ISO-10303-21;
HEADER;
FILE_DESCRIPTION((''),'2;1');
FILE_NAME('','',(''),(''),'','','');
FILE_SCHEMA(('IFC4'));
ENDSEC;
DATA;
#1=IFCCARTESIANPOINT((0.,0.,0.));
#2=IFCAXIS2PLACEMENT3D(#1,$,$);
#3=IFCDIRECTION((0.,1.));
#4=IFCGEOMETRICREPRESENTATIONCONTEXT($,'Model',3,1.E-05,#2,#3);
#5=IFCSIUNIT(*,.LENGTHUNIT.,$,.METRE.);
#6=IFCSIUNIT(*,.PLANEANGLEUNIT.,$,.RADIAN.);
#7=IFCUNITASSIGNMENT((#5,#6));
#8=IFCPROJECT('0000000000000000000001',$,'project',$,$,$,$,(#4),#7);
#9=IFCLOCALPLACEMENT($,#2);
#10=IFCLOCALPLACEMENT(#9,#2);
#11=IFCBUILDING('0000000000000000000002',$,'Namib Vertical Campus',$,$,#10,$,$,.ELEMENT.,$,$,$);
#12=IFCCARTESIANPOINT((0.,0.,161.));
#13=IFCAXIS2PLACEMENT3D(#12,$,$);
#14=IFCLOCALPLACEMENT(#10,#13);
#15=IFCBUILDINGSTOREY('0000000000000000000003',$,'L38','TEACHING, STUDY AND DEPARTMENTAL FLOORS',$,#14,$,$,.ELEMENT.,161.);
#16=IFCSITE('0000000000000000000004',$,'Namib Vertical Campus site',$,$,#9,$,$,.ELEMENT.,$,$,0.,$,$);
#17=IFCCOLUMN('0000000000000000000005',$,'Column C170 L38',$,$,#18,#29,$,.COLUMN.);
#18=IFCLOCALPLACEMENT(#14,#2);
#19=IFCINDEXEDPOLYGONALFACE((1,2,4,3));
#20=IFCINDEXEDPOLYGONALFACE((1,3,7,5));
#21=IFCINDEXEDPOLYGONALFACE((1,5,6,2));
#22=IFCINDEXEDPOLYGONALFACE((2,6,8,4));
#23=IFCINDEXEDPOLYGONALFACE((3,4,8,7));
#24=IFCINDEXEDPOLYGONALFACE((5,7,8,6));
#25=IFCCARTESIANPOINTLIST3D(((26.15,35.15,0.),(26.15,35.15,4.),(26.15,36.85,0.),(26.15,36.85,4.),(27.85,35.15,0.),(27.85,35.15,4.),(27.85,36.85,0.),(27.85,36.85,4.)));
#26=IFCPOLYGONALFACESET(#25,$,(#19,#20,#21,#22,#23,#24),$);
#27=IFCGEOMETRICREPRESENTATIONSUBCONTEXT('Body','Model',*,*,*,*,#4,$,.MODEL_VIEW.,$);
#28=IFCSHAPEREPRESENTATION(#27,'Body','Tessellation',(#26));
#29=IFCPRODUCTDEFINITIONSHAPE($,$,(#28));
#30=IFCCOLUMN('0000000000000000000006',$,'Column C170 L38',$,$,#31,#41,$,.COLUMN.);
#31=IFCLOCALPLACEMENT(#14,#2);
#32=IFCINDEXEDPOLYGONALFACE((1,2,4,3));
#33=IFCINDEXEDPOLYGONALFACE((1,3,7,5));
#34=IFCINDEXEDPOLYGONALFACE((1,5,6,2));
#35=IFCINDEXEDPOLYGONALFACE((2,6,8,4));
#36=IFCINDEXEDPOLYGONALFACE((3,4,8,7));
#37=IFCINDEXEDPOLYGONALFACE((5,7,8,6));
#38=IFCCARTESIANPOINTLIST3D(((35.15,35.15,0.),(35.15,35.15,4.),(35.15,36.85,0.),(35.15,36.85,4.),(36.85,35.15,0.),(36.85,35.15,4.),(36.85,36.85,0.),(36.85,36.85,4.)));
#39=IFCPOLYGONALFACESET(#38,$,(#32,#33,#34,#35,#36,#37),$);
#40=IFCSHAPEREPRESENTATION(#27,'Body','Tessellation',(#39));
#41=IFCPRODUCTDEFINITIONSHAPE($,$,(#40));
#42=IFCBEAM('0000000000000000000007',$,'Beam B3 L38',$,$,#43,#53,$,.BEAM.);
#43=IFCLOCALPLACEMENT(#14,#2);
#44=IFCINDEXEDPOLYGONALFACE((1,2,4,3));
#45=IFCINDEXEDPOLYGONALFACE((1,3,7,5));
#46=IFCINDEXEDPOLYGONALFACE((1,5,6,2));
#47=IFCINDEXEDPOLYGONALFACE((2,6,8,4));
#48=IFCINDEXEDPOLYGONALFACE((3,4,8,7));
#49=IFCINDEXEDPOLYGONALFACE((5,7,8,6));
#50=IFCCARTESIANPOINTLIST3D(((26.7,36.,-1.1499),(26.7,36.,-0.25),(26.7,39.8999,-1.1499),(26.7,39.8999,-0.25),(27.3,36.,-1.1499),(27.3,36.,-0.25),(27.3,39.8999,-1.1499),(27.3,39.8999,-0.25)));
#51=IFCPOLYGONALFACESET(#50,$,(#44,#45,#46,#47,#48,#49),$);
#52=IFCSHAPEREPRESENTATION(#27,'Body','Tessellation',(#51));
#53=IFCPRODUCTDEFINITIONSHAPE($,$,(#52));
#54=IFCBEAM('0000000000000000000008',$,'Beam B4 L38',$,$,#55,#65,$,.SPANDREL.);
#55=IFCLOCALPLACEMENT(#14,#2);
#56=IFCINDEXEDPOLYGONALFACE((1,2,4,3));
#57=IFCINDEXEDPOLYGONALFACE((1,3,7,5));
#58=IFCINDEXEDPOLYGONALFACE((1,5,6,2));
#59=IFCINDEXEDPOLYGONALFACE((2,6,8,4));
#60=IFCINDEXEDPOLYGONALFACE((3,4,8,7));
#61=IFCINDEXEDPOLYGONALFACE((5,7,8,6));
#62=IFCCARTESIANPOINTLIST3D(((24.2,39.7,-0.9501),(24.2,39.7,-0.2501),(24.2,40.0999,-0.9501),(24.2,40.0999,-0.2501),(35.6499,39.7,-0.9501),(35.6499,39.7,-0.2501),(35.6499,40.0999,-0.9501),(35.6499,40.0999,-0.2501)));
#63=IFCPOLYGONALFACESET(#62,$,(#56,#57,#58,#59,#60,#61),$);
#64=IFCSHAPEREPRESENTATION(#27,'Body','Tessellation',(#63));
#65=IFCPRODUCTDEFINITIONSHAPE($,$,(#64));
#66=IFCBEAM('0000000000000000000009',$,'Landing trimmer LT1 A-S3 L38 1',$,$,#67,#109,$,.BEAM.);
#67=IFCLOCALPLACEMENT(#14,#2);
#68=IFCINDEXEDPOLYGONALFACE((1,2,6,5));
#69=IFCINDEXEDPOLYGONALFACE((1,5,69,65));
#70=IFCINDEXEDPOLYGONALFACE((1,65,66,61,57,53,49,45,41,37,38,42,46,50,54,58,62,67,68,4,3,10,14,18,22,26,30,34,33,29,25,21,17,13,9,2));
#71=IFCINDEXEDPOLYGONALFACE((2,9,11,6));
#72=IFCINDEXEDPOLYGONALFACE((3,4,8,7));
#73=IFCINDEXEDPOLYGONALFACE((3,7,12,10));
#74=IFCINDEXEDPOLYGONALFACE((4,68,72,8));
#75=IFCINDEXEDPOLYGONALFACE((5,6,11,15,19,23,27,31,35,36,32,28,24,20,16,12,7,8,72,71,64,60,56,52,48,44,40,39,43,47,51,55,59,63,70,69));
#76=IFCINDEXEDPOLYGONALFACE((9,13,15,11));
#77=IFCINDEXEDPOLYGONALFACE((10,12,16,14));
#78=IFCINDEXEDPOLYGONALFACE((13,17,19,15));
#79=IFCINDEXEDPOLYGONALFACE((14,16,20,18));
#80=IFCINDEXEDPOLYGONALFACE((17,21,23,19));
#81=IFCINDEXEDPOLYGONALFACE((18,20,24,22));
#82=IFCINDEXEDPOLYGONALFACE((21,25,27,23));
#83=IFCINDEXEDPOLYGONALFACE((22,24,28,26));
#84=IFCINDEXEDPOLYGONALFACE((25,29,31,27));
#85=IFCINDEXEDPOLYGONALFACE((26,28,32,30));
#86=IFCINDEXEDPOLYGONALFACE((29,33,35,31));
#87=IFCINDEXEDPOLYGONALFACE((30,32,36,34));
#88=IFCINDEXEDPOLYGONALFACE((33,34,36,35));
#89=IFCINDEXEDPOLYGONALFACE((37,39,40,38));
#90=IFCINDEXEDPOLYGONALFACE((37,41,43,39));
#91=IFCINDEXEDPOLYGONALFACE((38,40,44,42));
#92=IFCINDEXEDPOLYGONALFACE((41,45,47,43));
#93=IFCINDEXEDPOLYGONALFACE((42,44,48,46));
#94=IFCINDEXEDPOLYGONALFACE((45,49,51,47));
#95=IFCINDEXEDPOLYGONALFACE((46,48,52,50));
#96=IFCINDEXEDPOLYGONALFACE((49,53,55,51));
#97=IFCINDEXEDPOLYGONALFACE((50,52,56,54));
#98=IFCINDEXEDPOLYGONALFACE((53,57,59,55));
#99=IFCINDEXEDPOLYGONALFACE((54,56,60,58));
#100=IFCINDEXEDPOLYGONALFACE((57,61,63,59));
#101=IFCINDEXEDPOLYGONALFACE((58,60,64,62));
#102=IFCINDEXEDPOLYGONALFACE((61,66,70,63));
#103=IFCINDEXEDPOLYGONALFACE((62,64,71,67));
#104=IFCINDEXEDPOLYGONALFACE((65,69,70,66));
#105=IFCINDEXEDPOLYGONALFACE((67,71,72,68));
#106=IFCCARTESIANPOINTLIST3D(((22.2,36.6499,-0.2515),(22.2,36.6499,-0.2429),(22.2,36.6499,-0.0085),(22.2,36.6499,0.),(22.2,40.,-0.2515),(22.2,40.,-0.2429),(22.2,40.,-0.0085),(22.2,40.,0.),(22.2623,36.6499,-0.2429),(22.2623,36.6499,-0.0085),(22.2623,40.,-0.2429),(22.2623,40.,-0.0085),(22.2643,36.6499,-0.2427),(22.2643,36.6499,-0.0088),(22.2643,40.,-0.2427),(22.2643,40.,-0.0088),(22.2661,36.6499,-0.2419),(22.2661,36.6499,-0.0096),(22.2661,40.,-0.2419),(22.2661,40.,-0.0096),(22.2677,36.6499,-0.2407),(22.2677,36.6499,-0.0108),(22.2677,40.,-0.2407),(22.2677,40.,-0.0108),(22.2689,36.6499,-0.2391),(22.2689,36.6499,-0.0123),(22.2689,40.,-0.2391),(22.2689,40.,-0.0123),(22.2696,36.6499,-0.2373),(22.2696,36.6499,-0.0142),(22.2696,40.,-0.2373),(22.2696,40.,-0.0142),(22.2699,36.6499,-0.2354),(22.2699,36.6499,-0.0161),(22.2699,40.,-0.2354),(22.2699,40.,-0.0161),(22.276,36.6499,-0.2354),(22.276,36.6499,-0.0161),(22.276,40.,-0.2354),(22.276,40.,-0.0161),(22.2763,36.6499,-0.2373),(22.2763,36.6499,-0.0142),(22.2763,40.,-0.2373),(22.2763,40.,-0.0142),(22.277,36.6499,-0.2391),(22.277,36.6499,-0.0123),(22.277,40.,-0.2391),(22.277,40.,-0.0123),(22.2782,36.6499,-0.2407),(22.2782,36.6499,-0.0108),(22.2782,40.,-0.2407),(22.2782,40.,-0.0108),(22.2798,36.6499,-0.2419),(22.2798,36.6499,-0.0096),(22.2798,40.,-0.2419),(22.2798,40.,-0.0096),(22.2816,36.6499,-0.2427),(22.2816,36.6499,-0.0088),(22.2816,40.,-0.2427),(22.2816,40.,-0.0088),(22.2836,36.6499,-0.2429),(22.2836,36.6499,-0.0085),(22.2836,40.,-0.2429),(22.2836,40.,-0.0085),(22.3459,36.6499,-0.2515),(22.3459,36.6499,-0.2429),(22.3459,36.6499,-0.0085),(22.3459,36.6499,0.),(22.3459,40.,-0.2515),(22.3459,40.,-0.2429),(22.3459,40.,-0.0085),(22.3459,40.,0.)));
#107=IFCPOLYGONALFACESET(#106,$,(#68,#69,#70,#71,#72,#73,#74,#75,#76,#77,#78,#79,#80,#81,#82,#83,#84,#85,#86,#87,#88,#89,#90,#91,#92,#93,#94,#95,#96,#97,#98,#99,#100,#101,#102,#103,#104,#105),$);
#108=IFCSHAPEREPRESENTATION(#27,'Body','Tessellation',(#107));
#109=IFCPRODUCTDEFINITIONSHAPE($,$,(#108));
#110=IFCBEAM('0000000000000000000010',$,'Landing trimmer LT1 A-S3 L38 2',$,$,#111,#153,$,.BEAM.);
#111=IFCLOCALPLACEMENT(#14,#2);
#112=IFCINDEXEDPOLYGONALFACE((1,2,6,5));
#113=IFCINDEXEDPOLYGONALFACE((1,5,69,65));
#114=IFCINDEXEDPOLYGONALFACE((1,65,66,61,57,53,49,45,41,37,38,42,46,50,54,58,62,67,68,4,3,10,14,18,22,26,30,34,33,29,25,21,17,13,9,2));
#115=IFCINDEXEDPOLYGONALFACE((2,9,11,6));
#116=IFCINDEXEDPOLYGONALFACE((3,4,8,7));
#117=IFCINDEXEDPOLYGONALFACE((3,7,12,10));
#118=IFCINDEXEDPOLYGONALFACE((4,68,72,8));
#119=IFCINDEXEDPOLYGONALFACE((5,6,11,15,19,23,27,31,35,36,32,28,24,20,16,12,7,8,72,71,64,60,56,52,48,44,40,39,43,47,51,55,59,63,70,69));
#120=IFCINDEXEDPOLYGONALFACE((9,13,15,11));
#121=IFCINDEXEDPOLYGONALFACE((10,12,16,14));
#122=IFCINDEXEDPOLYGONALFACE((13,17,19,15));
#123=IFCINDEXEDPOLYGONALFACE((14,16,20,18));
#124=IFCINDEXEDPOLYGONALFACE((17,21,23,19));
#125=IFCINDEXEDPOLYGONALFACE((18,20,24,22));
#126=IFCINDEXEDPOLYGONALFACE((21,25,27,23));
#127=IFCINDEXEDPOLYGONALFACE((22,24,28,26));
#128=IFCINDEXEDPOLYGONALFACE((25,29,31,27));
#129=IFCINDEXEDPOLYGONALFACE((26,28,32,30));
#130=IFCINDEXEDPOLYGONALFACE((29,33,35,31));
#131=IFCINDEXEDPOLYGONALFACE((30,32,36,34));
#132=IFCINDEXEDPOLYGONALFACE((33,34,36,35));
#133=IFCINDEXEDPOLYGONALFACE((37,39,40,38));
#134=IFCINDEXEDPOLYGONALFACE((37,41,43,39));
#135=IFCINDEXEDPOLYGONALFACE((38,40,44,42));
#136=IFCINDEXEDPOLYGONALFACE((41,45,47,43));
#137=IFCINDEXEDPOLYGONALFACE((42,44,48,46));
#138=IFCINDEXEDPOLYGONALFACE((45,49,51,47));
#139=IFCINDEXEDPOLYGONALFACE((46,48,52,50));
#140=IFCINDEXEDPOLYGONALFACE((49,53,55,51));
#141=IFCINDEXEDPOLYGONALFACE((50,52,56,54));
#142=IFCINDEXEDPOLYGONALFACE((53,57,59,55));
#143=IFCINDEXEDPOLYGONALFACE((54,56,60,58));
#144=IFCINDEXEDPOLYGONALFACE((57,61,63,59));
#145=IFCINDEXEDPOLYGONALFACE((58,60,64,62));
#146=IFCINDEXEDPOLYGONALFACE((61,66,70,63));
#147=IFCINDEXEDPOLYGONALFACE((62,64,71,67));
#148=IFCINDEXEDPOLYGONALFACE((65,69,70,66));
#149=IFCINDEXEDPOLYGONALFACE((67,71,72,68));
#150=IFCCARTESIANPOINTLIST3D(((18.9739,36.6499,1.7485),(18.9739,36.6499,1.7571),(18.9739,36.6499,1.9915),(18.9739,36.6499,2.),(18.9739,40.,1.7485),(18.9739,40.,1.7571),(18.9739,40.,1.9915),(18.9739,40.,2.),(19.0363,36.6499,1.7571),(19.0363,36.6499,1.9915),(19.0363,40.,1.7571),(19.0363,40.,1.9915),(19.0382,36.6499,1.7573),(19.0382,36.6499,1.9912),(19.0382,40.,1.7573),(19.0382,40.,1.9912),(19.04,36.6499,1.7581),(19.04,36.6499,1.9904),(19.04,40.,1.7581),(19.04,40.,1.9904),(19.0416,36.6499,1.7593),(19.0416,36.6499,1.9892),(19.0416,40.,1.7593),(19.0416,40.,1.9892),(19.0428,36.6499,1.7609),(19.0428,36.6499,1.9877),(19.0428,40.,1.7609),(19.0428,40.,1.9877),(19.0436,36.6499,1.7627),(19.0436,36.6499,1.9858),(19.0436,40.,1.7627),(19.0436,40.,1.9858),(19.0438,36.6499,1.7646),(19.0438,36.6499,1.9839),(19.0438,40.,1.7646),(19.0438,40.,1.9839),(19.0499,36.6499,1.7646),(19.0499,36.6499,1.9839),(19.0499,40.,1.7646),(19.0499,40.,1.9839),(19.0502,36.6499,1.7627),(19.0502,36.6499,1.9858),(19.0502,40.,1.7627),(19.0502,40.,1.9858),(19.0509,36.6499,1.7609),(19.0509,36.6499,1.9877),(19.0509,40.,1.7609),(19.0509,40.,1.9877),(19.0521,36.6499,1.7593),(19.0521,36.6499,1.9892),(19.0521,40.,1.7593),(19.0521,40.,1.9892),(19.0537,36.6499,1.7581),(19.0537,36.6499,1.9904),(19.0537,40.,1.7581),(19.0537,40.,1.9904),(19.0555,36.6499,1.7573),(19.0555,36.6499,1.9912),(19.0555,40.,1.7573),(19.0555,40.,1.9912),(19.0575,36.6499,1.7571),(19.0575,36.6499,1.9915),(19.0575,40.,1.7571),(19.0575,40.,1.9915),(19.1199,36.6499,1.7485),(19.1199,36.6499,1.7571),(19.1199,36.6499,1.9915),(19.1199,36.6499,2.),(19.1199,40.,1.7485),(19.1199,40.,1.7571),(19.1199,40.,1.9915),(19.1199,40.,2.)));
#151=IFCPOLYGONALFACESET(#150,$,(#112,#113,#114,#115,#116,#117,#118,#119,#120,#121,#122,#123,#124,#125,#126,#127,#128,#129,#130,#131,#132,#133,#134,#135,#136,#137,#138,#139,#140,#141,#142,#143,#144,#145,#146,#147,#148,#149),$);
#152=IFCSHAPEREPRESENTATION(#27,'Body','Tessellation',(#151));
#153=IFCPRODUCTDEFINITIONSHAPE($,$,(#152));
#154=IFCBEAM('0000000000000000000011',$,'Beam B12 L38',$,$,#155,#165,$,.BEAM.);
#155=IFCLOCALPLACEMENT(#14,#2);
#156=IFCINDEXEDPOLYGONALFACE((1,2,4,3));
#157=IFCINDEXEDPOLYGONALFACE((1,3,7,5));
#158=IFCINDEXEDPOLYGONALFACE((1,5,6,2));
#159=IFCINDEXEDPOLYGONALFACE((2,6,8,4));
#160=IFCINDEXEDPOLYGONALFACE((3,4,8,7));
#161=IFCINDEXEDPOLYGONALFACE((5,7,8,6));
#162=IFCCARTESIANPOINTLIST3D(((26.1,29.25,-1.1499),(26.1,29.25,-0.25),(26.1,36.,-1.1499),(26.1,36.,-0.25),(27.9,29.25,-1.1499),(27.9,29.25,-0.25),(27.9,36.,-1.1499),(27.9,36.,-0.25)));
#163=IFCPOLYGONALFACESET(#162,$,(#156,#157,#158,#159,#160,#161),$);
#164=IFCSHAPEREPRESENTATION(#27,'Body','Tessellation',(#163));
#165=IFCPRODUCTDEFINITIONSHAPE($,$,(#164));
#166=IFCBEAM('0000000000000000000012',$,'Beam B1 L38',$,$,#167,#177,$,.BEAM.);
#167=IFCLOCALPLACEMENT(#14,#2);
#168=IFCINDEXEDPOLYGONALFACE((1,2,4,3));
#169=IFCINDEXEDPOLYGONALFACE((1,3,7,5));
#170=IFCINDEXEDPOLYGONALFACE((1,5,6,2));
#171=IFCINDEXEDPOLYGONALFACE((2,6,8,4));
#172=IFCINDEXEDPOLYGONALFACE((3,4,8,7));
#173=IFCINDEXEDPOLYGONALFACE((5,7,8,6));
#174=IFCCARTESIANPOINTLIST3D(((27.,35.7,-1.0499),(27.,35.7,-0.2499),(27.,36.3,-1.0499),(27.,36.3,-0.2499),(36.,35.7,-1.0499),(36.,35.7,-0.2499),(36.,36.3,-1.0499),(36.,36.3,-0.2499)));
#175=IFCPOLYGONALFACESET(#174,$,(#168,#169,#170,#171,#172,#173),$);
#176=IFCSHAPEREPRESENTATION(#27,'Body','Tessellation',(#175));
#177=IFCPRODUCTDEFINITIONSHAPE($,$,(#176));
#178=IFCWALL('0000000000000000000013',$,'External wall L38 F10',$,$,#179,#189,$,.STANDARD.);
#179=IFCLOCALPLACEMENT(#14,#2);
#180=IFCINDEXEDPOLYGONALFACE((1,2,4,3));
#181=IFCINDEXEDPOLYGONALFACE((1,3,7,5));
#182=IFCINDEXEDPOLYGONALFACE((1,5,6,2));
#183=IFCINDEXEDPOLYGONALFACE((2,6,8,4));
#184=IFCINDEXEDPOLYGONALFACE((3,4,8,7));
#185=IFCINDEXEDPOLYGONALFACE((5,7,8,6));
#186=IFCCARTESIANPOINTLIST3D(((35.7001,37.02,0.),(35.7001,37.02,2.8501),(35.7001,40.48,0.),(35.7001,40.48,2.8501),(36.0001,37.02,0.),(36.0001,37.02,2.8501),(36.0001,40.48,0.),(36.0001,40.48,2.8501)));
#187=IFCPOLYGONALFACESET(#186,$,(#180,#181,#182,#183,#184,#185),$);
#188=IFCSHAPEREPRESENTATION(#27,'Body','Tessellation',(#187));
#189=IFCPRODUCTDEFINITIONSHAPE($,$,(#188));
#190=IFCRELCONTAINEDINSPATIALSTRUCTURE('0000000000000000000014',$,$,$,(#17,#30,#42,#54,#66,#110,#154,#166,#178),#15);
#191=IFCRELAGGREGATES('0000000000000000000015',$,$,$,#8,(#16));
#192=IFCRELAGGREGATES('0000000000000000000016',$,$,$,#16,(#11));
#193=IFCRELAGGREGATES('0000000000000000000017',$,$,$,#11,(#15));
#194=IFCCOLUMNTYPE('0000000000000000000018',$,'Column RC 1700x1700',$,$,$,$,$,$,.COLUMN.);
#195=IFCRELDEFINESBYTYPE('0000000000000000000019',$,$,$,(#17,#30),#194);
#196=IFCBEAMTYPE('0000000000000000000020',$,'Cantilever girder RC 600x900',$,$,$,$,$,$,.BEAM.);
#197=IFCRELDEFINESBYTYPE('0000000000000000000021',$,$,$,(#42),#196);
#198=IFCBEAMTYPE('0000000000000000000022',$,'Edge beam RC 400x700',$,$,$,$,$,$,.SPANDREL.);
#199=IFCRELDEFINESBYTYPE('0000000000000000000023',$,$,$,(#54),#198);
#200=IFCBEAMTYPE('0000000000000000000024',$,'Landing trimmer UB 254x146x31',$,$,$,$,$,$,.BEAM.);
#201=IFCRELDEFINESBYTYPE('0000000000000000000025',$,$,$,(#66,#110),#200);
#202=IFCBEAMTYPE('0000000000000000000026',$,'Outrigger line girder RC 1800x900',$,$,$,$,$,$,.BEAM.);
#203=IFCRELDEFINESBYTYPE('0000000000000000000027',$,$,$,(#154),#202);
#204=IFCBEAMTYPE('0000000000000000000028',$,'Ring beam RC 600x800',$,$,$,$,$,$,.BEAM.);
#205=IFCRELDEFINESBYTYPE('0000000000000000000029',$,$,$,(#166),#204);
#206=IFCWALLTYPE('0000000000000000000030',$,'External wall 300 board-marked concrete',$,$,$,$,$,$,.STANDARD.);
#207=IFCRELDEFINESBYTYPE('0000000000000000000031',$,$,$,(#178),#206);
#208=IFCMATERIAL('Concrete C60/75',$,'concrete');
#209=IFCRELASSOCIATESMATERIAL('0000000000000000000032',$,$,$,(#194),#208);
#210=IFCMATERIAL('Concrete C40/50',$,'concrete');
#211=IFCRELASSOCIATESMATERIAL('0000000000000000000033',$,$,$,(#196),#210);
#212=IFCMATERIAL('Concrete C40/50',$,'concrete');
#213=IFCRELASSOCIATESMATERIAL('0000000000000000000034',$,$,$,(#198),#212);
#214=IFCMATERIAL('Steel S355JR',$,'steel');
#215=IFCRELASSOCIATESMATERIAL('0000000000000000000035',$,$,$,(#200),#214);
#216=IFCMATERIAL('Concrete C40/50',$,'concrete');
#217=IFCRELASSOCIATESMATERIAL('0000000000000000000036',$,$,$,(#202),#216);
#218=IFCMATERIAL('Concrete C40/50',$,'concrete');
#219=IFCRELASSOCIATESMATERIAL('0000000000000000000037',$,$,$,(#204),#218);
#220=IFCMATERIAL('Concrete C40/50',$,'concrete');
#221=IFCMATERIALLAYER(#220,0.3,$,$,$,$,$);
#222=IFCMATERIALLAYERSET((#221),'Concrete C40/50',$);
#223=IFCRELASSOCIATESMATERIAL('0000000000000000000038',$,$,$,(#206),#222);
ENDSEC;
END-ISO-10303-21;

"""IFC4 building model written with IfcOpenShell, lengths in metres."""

from ifc_helpers import new_model, si_unit, direction, frame, frame_2d, origin, origin_2d, place, context, subcontext, project, spatial, rectangle, i_section, extrude, material, layer, layer_set, material_profile, profile_set, type_object, element, save


model = new_model("IFC4")

# Units and contexts
model_context = context("Model", 3, precision=1e-05, world=origin(), true_north=direction((0.0, 1.0)))
body_context = subcontext(model_context, "Body", "Model", "MODEL_VIEW")
ifc_project = project(units=[si_unit("LENGTHUNIT", "METRE"), si_unit("PLANEANGLEUNIT", "RADIAN")], contexts=[model_context])

# Site, building, storey
site_placement = place(None, origin())
site = spatial("IfcSite", under=ifc_project, at=site_placement, Name="Namib Vertical Campus site", CompositionType="ELEMENT", RefElevation=0.0)
building_placement = place(site_placement, origin())
building = spatial("IfcBuilding", under=site, at=building_placement, Name="Namib Vertical Campus", CompositionType="ELEMENT")
storey_placement = place(building_placement, frame((0.0, 0.0, 161.0)))
storey = spatial("IfcBuildingStorey", under=building, at=storey_placement, Name="L38", Description="TEACHING, STUDY AND DEPARTMENTAL FLOORS", CompositionType="ELEMENT", Elevation=161.0)

# Columns
ifc_material_1 = material(Name="Concrete C60/75", Category="concrete")
ifc_material_profile_1 = material_profile(ifc_material_1, rectangle(XDim=1.7, YDim=1.7, at=origin_2d()))
ifc_profile_set_1 = profile_set([ifc_material_profile_1], Name="Concrete C60/75")
column_type = type_object("IfcColumnType", Name="Column RC 1700x1700", PredefinedType="COLUMN", material=ifc_profile_set_1)
for number, where, z_axis, x_axis, name in (
    (1, (27.0, 36.0, 0.0), (0.0, 0.0, 1.0), (1.0, 0.0, 0.0), "Column C170 L38"),
    (2, (36.0, 36.0, 0.0), (0.0, 0.0, 1.0), (1.0, 0.0, 0.0), "Column C170 L38"),
):
    element("IfcColumn", number, at=place(storey_placement, frame(where, z_axis=z_axis, x_axis=x_axis)), inside=storey, type_object=column_type, Name=name, PredefinedType="COLUMN", context=body_context, shape_type="SweptSolid", body=[
        extrude(rectangle(XDim=1.7, YDim=1.7, at=origin_2d()), origin(), (0.0, 0.0, 1.0), 4.0),
    ])

# Beams
ifc_material_2 = material(Name="Concrete C40/50", Category="concrete")
ifc_material_profile_2 = material_profile(ifc_material_2, rectangle(XDim=0.6001, YDim=0.8999, at=origin_2d()))
ifc_profile_set_2 = profile_set([ifc_material_profile_2], Name="Concrete C40/50")
beam_type_1 = type_object("IfcBeamType", Name="Cantilever girder RC 600x900", PredefinedType="BEAM", material=ifc_profile_set_2)
beam_1_placement = place(storey_placement, frame((27.0, 36.0, -0.7), z_axis=(0.0, 1.0, 0.0), x_axis=(-1.0, 0.0, 0.0)))
element("IfcBeam", 3, at=beam_1_placement, inside=storey, type_object=beam_type_1, Name="Beam B3 L38", PredefinedType="BEAM", context=body_context, shape_type="SweptSolid", body=[
    extrude(rectangle(XDim=0.6001, YDim=0.8999, at=origin_2d()), origin(), (0.0, 0.0, 1.0), 3.8999),
])
ifc_material_3 = material(Name="Concrete C40/50", Category="concrete")
ifc_material_profile_3 = material_profile(ifc_material_3, rectangle(XDim=0.3999, YDim=0.7, at=origin_2d()))
ifc_profile_set_3 = profile_set([ifc_material_profile_3], Name="Concrete C40/50")
beam_type_2 = type_object("IfcBeamType", Name="Edge beam RC 400x700", PredefinedType="SPANDREL", material=ifc_profile_set_3)
beam_2_placement = place(storey_placement, frame((24.2, 39.8999, -0.6001), z_axis=(1.0, 0.0, 0.0), x_axis=(0.0, 1.0, 0.0)))
element("IfcBeam", 4, at=beam_2_placement, inside=storey, type_object=beam_type_2, Name="Beam B4 L38", PredefinedType="SPANDREL", context=body_context, shape_type="SweptSolid", body=[
    extrude(rectangle(XDim=0.3999, YDim=0.7, at=origin_2d()), origin(), (0.0, 0.0, 1.0), 11.45),
])
ifc_material_4 = material(Name="Steel S355JR", Category="steel")
ifc_material_profile_4 = material_profile(ifc_material_4, i_section(OverallWidth=0.146, OverallDepth=0.2515, WebThickness=0.0061, FlangeThickness=0.0085, FilletRadius=0.0076, at=origin_2d()))
ifc_profile_set_4 = profile_set([ifc_material_profile_4], Name="Steel S355JR")
beam_type_3 = type_object("IfcBeamType", Name="Landing trimmer UB 254x146x31", PredefinedType="BEAM", material=ifc_profile_set_4)
for number, where, z_axis, x_axis, name in (
    (5, (22.2729, 36.6499, -0.1257), (0.0, 1.0, 0.0), (-1.0, 0.0, 0.0), "Landing trimmer LT1 A-S3 L38 1"),
    (6, (19.0469, 36.6499, 1.8743), (0.0, 1.0, 0.0), (-1.0, 0.0, 0.0), "Landing trimmer LT1 A-S3 L38 2"),
):
    element("IfcBeam", number, at=place(storey_placement, frame(where, z_axis=z_axis, x_axis=x_axis)), inside=storey, type_object=beam_type_3, Name=name, PredefinedType="BEAM", context=body_context, shape_type="SweptSolid", body=[
        extrude(i_section(OverallWidth=0.146, OverallDepth=0.2515, WebThickness=0.0061, FlangeThickness=0.0085, FilletRadius=0.0076, at=origin_2d()), origin(), (0.0, 0.0, 1.0), 3.3501),
    ])
ifc_material_5 = material(Name="Concrete C40/50", Category="concrete")
ifc_material_profile_5 = material_profile(ifc_material_5, rectangle(XDim=1.8, YDim=0.8999, at=origin_2d()))
ifc_profile_set_5 = profile_set([ifc_material_profile_5], Name="Concrete C40/50")
beam_type_4 = type_object("IfcBeamType", Name="Outrigger line girder RC 1800x900", PredefinedType="BEAM", material=ifc_profile_set_5)
beam_3_placement = place(storey_placement, frame((27.0, 36.0, -0.7), z_axis=(0.0, -1.0, 0.0), x_axis=(1.0, 0.0, 0.0)))
element("IfcBeam", 7, at=beam_3_placement, inside=storey, type_object=beam_type_4, Name="Beam B12 L38", PredefinedType="BEAM", context=body_context, shape_type="SweptSolid", body=[
    extrude(rectangle(XDim=1.8, YDim=0.8999, at=origin_2d()), origin(), (0.0, 0.0, 1.0), 6.75),
])
ifc_material_6 = material(Name="Concrete C40/50", Category="concrete")
ifc_material_profile_6 = material_profile(ifc_material_6, rectangle(XDim=0.6001, YDim=0.8, at=origin_2d()))
ifc_profile_set_6 = profile_set([ifc_material_profile_6], Name="Concrete C40/50")
beam_type_5 = type_object("IfcBeamType", Name="Ring beam RC 600x800", PredefinedType="BEAM", material=ifc_profile_set_6)
beam_4_placement = place(storey_placement, frame((27.0, 36.0, -0.6499), z_axis=(1.0, 0.0, 0.0), x_axis=(0.0, 1.0, 0.0)))
element("IfcBeam", 8, at=beam_4_placement, inside=storey, type_object=beam_type_5, Name="Beam B1 L38", PredefinedType="BEAM", context=body_context, shape_type="SweptSolid", body=[
    extrude(rectangle(XDim=0.6001, YDim=0.8, at=origin_2d()), origin(), (0.0, 0.0, 1.0), 9.0),
])

# Wall
ifc_material_7 = material(Name="Concrete C40/50", Category="concrete")
ifc_layer_1 = layer(ifc_material_7, 0.3)
ifc_layer_set_1 = layer_set([ifc_layer_1], Name="Concrete C40/50")
wall_type_1 = type_object("IfcWallType", Name="External wall 300 board-marked concrete", PredefinedType="STANDARD", material=ifc_layer_set_1)
wall_1_placement = place(storey_placement, frame((35.8501, 37.02, 0.0), z_axis=(0.0, 0.0, 1.0), x_axis=(0.0, 1.0, 0.0)))
element("IfcWall", 9, at=wall_1_placement, inside=storey, type_object=wall_type_1, Name="External wall L38 F10", PredefinedType="STANDARD", context=body_context, shape_type="SweptSolid", body=[
    extrude(rectangle(XDim=3.46, YDim=0.3, at=frame_2d((1.73, 0.0))), origin(), (0.0, 0.0, 1.0), 2.8501),
])

save(model, "model.ifc")
